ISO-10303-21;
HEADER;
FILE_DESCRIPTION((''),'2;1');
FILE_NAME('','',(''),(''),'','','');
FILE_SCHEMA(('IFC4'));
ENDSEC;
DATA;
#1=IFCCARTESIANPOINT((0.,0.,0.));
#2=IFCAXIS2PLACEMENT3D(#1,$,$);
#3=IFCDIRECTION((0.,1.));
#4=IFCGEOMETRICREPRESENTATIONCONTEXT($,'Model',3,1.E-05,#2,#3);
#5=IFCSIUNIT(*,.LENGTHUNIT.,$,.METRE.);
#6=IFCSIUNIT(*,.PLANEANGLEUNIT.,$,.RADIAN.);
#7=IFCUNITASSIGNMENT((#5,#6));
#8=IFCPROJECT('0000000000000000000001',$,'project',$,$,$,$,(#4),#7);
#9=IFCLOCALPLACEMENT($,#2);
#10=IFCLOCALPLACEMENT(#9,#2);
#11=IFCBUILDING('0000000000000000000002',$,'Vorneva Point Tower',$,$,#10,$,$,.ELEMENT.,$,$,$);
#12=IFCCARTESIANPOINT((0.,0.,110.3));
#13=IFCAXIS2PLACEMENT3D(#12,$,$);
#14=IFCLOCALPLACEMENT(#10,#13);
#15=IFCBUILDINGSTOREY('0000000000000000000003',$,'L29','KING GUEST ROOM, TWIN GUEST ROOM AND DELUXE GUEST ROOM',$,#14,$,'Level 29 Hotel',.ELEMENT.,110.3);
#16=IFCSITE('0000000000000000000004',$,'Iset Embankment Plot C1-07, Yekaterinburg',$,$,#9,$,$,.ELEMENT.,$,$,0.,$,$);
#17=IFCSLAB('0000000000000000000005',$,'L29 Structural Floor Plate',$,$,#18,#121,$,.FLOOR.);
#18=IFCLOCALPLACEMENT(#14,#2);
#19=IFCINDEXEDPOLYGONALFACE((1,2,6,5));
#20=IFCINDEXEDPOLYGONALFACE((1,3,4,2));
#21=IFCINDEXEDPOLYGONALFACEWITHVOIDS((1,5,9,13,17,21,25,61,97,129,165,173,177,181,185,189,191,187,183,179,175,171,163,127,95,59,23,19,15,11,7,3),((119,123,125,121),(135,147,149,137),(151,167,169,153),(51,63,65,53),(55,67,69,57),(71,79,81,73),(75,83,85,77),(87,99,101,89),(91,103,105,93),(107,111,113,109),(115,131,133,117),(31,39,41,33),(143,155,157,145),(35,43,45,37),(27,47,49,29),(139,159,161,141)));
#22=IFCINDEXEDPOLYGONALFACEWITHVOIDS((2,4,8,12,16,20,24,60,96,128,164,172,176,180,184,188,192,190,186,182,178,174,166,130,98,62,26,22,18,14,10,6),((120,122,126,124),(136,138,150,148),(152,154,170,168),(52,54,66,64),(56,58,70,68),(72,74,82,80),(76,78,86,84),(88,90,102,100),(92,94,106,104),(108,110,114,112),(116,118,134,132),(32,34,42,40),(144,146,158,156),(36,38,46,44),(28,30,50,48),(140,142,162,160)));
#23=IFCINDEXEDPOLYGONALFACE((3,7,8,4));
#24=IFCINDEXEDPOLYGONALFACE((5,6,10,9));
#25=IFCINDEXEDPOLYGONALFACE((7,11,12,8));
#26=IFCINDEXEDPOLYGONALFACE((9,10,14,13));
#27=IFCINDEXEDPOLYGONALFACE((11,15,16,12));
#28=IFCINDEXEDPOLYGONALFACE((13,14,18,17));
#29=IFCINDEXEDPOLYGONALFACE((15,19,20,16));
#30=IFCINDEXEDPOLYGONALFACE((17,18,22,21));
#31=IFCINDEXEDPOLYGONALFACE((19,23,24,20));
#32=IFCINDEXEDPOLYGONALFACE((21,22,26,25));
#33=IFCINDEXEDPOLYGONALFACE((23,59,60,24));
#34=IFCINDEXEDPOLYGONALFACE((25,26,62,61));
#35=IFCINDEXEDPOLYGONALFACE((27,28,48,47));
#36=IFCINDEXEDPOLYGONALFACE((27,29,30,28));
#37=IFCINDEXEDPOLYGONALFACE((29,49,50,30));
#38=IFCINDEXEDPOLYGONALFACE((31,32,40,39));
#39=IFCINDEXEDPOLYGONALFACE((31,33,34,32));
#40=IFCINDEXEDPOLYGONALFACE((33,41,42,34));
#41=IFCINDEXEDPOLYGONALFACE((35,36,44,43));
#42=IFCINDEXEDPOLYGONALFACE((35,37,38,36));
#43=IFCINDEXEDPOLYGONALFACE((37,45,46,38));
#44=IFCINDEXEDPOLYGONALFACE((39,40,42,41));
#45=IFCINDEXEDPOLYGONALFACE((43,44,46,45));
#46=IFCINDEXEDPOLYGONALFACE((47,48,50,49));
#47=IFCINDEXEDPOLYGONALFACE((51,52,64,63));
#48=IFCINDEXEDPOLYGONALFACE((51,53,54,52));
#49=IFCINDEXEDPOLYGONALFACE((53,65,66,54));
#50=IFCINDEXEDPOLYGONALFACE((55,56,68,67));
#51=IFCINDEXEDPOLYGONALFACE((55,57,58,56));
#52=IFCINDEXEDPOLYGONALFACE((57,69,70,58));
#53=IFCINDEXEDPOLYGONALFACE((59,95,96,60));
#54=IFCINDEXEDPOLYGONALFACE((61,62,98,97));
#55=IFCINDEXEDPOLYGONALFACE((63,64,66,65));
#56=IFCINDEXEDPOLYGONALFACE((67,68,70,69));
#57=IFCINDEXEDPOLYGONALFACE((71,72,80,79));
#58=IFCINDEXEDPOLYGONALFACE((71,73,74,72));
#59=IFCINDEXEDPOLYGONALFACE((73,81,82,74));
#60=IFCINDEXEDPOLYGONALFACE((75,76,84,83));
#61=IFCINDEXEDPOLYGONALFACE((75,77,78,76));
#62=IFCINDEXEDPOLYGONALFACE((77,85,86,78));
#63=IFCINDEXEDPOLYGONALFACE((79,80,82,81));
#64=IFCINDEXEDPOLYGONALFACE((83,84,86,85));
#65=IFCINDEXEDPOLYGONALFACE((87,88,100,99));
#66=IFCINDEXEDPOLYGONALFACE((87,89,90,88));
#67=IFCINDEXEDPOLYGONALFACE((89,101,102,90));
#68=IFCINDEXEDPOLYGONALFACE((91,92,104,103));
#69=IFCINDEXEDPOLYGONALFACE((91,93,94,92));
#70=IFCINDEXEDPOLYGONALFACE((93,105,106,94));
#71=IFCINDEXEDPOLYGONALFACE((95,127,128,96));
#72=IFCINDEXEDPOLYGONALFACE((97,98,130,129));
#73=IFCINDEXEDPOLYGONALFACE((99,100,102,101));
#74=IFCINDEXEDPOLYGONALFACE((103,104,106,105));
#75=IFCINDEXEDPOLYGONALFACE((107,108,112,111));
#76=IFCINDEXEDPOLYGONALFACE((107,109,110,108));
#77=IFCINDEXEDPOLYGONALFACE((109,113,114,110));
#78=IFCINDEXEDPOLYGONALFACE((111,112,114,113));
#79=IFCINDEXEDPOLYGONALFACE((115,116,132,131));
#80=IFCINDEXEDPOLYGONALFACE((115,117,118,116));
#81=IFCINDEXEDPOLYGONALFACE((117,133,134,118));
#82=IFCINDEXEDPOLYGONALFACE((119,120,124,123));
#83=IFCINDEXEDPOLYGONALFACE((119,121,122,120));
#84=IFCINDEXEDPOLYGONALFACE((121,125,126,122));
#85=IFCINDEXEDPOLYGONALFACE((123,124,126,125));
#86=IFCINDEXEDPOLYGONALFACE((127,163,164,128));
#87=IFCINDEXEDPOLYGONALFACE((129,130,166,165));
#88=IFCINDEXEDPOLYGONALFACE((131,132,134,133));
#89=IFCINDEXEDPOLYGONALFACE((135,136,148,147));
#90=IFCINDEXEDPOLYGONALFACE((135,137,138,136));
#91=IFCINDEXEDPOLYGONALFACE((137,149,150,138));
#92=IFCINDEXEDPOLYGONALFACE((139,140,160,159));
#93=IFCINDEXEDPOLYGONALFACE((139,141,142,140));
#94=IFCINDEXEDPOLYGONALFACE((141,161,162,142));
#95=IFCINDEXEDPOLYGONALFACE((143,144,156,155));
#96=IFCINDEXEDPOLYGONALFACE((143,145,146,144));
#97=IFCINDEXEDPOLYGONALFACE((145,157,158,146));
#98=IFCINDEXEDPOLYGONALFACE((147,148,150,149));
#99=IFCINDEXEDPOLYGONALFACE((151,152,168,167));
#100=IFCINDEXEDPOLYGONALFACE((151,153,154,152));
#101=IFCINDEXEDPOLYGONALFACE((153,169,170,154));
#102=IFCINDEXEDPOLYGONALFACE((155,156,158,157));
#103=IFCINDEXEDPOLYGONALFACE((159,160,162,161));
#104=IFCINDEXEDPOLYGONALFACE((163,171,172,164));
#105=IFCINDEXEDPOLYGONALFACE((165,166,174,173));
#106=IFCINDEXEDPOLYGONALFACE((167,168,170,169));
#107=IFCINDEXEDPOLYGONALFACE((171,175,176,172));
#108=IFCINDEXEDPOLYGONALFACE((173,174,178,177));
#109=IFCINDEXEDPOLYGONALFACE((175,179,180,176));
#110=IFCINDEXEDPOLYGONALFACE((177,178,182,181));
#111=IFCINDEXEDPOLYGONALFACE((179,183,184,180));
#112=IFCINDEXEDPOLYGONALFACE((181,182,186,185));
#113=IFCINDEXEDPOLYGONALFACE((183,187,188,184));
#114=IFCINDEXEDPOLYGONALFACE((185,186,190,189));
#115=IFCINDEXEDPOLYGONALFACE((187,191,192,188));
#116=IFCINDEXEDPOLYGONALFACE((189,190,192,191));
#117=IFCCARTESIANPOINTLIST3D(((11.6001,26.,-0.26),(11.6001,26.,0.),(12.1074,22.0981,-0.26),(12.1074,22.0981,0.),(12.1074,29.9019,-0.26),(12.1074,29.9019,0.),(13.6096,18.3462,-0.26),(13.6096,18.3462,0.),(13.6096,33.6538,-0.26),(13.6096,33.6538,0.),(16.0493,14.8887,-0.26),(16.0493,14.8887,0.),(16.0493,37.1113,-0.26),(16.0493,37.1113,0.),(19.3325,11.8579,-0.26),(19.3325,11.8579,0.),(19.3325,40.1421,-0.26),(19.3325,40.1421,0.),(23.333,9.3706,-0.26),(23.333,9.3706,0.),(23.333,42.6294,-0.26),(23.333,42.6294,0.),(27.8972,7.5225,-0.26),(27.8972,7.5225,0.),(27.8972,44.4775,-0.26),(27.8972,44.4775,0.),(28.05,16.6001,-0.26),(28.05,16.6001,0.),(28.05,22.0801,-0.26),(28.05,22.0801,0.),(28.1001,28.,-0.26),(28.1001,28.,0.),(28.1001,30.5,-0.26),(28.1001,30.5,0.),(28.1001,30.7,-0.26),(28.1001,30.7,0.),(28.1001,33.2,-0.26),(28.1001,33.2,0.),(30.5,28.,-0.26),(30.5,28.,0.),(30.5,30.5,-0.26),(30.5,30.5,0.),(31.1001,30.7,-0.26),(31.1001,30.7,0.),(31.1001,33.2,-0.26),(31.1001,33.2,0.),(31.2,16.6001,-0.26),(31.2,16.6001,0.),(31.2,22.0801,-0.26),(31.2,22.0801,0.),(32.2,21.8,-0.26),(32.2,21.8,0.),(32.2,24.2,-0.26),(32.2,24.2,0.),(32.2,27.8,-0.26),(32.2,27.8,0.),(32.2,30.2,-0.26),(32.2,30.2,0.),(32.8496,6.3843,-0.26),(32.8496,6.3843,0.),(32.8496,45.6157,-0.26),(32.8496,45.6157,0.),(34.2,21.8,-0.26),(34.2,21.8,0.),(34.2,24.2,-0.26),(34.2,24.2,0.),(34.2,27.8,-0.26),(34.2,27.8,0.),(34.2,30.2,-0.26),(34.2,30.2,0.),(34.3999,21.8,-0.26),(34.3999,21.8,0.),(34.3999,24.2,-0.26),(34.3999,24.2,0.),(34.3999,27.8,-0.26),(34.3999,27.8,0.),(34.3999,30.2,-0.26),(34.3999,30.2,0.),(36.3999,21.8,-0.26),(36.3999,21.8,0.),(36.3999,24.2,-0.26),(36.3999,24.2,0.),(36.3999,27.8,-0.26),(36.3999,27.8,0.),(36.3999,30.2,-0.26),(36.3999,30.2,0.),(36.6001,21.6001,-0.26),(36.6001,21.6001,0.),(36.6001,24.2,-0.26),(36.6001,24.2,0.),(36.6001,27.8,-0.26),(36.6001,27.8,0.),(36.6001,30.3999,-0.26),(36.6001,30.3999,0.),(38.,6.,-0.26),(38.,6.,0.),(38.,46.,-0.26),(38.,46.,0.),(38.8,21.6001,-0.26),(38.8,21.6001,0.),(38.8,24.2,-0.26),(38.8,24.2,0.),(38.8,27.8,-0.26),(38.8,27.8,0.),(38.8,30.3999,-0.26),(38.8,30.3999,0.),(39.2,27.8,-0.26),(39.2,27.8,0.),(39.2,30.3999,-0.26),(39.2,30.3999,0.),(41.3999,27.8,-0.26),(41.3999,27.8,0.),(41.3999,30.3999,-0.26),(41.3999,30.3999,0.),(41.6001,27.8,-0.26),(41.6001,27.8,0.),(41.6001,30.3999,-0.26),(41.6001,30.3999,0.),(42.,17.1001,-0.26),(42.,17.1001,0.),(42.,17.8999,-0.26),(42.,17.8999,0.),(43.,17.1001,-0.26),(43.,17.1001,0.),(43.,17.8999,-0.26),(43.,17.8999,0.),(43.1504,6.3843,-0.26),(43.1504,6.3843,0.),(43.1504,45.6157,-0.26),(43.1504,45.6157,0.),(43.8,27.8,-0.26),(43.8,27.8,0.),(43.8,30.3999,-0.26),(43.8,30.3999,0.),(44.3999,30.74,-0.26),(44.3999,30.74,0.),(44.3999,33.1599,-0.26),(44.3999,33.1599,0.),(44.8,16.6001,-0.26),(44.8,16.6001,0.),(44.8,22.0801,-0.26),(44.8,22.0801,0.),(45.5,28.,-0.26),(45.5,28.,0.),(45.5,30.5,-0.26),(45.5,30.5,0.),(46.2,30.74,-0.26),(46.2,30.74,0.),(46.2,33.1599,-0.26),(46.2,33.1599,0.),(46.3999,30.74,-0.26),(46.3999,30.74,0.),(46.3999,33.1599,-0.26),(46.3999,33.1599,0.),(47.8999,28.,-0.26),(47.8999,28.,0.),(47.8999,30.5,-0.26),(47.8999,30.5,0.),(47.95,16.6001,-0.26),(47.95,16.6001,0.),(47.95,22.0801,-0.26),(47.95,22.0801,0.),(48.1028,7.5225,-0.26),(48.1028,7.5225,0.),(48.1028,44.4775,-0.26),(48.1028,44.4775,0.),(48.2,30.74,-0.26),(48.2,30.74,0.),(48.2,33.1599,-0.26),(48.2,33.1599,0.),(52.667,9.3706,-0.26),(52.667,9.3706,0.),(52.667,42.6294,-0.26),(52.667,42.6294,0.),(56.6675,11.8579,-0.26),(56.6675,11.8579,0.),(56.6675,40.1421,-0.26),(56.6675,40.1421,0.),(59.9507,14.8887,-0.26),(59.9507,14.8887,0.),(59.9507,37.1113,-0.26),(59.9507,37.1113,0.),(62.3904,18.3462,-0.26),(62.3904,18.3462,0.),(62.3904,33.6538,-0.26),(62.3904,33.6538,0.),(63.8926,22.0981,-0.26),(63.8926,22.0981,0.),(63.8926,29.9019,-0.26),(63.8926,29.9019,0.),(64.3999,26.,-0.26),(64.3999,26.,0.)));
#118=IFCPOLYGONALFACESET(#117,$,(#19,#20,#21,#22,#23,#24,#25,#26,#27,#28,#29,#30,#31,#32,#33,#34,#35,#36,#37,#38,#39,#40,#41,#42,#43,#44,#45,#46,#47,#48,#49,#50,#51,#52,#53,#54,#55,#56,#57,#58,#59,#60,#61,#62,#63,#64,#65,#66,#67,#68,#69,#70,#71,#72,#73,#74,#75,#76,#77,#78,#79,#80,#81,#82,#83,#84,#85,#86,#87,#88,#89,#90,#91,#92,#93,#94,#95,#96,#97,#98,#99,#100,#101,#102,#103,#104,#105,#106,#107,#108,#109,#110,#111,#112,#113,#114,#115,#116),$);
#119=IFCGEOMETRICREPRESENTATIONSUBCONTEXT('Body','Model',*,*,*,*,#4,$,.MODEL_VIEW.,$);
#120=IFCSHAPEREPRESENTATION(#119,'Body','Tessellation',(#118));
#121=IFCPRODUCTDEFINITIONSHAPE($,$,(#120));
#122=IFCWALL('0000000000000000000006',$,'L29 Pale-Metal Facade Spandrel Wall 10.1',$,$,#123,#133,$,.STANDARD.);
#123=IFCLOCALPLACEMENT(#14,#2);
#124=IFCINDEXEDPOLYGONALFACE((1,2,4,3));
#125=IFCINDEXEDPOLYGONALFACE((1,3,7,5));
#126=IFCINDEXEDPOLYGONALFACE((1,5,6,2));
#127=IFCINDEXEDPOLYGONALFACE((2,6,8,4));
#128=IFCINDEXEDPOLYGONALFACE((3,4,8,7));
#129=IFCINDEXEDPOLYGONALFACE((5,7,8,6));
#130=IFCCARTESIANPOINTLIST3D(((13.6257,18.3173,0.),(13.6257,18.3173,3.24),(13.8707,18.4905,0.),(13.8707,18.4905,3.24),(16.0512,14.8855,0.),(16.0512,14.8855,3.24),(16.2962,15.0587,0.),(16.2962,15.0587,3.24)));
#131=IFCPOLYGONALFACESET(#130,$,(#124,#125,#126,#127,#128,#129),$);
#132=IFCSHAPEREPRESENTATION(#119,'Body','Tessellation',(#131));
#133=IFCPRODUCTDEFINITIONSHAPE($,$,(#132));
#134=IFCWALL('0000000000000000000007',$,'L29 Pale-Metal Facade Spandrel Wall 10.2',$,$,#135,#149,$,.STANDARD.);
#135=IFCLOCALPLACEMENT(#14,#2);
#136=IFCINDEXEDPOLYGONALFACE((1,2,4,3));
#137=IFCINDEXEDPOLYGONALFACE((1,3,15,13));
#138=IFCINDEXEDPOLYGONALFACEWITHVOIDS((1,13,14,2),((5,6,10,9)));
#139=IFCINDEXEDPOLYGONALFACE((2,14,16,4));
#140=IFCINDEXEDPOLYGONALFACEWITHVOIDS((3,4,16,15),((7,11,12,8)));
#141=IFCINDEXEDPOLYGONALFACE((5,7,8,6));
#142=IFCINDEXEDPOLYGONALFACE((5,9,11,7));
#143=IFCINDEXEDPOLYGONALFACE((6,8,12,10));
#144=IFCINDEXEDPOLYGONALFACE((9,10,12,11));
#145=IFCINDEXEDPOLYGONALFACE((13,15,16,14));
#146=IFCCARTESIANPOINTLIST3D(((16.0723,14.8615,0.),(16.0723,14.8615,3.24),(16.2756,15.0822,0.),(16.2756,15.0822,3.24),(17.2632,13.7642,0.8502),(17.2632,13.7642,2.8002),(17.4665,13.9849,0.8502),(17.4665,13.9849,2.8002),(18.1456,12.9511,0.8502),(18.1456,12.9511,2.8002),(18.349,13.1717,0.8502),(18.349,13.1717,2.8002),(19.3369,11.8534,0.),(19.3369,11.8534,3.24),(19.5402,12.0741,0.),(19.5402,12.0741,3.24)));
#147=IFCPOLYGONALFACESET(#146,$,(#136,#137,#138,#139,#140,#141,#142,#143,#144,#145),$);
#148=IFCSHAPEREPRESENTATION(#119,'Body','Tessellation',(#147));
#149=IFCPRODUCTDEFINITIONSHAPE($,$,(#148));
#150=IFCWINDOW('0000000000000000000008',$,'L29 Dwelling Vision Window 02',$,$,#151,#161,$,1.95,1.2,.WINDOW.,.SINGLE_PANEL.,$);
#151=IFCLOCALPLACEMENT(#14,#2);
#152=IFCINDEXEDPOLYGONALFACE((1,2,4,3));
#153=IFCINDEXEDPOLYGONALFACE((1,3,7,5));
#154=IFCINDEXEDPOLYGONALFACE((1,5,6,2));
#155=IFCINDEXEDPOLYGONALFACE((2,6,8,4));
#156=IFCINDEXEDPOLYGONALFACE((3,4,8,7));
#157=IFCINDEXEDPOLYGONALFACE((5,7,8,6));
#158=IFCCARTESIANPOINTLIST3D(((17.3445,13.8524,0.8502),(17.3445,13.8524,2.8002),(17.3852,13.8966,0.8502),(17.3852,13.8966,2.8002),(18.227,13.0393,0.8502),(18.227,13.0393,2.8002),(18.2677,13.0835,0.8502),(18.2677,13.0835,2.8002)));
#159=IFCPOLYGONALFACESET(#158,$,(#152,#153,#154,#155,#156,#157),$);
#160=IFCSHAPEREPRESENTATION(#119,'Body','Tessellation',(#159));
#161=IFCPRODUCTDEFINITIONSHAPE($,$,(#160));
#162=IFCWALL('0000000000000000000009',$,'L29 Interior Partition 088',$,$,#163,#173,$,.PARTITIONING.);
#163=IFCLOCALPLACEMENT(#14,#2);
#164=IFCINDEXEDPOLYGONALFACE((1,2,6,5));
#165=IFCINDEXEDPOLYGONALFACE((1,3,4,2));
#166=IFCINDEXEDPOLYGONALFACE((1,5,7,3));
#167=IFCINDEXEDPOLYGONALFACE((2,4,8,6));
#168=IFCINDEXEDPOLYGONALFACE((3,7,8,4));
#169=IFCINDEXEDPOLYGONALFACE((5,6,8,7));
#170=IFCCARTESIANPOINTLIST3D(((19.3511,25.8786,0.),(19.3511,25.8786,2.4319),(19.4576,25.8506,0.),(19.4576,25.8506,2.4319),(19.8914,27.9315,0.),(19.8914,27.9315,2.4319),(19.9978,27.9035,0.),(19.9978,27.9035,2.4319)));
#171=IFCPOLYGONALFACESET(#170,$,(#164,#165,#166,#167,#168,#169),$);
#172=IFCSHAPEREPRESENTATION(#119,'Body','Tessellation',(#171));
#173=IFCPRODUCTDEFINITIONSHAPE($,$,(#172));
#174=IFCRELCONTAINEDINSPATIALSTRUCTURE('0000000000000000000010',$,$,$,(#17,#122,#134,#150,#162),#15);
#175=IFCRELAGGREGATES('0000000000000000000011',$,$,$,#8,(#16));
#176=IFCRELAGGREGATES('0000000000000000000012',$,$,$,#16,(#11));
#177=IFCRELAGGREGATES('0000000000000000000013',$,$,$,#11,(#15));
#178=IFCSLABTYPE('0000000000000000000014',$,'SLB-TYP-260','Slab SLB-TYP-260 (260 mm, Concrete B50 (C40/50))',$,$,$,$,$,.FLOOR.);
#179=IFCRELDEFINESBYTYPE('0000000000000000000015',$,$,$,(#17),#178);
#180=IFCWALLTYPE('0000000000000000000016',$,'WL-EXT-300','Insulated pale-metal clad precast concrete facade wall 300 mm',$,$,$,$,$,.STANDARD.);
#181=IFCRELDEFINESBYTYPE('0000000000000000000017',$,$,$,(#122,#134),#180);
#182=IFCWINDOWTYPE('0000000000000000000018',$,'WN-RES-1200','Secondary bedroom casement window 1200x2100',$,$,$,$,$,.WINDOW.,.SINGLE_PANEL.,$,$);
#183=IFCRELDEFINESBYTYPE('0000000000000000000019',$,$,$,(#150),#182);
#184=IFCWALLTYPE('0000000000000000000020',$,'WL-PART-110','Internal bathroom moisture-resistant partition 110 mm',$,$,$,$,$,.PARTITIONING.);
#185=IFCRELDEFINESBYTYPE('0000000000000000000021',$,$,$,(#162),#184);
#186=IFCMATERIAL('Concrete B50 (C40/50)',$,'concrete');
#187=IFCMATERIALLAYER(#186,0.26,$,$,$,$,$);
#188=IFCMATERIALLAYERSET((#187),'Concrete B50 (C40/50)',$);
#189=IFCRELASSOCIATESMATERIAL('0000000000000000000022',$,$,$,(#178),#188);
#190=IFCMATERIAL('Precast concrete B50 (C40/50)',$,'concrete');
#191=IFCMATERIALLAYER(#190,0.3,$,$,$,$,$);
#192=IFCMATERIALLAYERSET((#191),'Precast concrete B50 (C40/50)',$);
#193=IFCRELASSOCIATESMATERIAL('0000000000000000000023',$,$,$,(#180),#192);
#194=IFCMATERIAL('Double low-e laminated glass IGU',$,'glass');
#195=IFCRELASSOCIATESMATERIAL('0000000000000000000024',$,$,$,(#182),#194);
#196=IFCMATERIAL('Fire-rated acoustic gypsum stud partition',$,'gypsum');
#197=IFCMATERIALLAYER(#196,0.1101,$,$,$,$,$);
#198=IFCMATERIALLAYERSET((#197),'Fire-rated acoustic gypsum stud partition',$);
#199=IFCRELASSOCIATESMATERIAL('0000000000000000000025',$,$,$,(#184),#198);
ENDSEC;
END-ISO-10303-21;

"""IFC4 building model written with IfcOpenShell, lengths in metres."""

from ifc_helpers import new_model, si_unit, direction, frame, frame_2d, origin, place, context, subcontext, project, spatial, polyline, rectangle, outline, extrude, material, layer, layer_set, type_object, element, fill, save


model = new_model("IFC4")

# Units and contexts
model_context = context("Model", 3, precision=1e-05, world=origin(), true_north=direction((0.0, 1.0)))
body_context = subcontext(model_context, "Body", "Model", "MODEL_VIEW")
ifc_project = project(units=[si_unit("LENGTHUNIT", "METRE"), si_unit("PLANEANGLEUNIT", "RADIAN")], contexts=[model_context])

# Site, building, storey
site_placement = place(None, origin())
site = spatial("IfcSite", under=ifc_project, at=site_placement, Name="Iset Embankment Plot C1-07, Yekaterinburg", CompositionType="ELEMENT", RefElevation=0.0)
building_placement = place(site_placement, origin())
building = spatial("IfcBuilding", under=site, at=building_placement, Name="Vorneva Point Tower", CompositionType="ELEMENT")
storey_placement = place(building_placement, frame((0.0, 0.0, 110.3)))
storey = spatial("IfcBuildingStorey", under=building, at=storey_placement, Name="L29", Description="KING GUEST ROOM, TWIN GUEST ROOM AND DELUXE GUEST ROOM", LongName="Level 29 Hotel", CompositionType="ELEMENT", Elevation=110.3)

# Shared definitions
ifc_material_1 = material(Name="Double low-e laminated glass IGU", Category="glass")

# Shared definitions
ifc_material_2 = material(Name="Concrete B50 (C40/50)", Category="concrete")

# Slab
ifc_layer_1 = layer(ifc_material_2, 0.26)
ifc_layer_set_1 = layer_set([ifc_layer_1], Name="Concrete B50 (C40/50)")
slab_type_1 = type_object("IfcSlabType", Name="SLB-TYP-260", Description="Slab SLB-TYP-260 (260 mm, Concrete B50 (C40/50))", PredefinedType="FLOOR", material=ifc_layer_set_1)
slab_1_placement = place(storey_placement, frame((0.0, 0.0, -0.26)))
element("IfcSlab", 1, at=slab_1_placement, inside=storey, type_object=slab_type_1, Name="L29 Structural Floor Plate", PredefinedType="FLOOR", context=body_context, shape_type="SweptSolid", body=[
    extrude(outline(polyline([(64.3999, 26.0), (63.8926, 29.9019), (62.3904, 33.6538), (59.9507, 37.1113), (56.6675, 40.1421), (52.667, 42.6294), (48.1028, 44.4775), (43.1504, 45.6157), (38.0, 46.0), (32.8496, 45.6157), (27.8972, 44.4775), (23.333, 42.6294), (19.3325, 40.1421), (16.0493, 37.1113), (13.6096, 33.6538), (12.1074, 29.9019), (11.6001, 26.0), (12.1074, 22.0981), (13.6096, 18.3462), (16.0493, 14.8887), (19.3325, 11.8579), (23.333, 9.3706), (27.8972, 7.5225), (32.8496, 6.3843), (38.0, 6.0), (43.1504, 6.3843), (48.1028, 7.5225), (52.667, 9.3706), (56.6675, 11.8579), (59.9507, 14.8887), (62.3904, 18.3462), (63.8926, 22.0981), (64.3999, 26.0)]), holes=[polyline([(32.2, 27.8), (34.2, 27.8), (34.2, 30.2), (32.2, 30.2), (32.2, 27.8)]), polyline([(34.3999, 27.8), (36.3999, 27.8), (36.3999, 30.2), (34.3999, 30.2), (34.3999, 27.8)]), polyline([(36.6001, 27.8), (38.8, 27.8), (38.8, 30.3999), (36.6001, 30.3999), (36.6001, 27.8)]), polyline([(32.2, 21.8), (34.2, 21.8), (34.2, 24.2), (32.2, 24.2), (32.2, 21.8)]), polyline([(34.3999, 21.8), (36.3999, 21.8), (36.3999, 24.2), (34.3999, 24.2), (34.3999, 21.8)]), polyline([(36.6001, 21.6001), (38.8, 21.6001), (38.8, 24.2), (36.6001, 24.2), (36.6001, 21.6001)]), polyline([(39.2, 27.8), (41.3999, 27.8), (41.3999, 30.3999), (39.2, 30.3999), (39.2, 27.8)]), polyline([(41.6001, 27.8), (43.8, 27.8), (43.8, 30.3999), (41.6001, 30.3999), (41.6001, 27.8)]), polyline([(44.3999, 30.74), (46.2, 30.74), (46.2, 33.1599), (44.3999, 33.1599), (44.3999, 30.74)]), polyline([(46.3999, 30.74), (48.2, 30.74), (48.2, 33.1599), (46.3999, 33.1599), (46.3999, 30.74)]), polyline([(28.1001, 28.0), (30.5, 28.0), (30.5, 30.5), (28.1001, 30.5), (28.1001, 28.0)]), polyline([(45.5, 28.0), (47.8999, 28.0), (47.8999, 30.5), (45.5, 30.5), (45.5, 28.0)]), polyline([(28.1001, 30.7), (31.1001, 30.7), (31.1001, 33.2), (28.1001, 33.2), (28.1001, 30.7)]), polyline([(28.05, 16.6001), (31.2, 16.6001), (31.2, 22.0801), (28.05, 22.0801), (28.05, 16.6001)]), polyline([(44.8, 16.6001), (47.95, 16.6001), (47.95, 22.0801), (44.8, 22.0801), (44.8, 16.6001)]), polyline([(42.0, 17.1001), (43.0, 17.1001), (43.0, 17.8999), (42.0, 17.8999), (42.0, 17.1001)])]), origin(), (0.0, 0.0, 1.0), 0.26),
])

# Wall
ifc_material_3 = material(Name="Precast concrete B50 (C40/50)", Category="concrete")
ifc_layer_2 = layer(ifc_material_3, 0.3)
ifc_layer_set_2 = layer_set([ifc_layer_2], Name="Precast concrete B50 (C40/50)")
wall_type_1 = type_object("IfcWallType", Name="WL-EXT-300", Description="Insulated pale-metal clad precast concrete facade wall 300 mm", PredefinedType="STANDARD", material=ifc_layer_set_2)
wall_1_placement = place(storey_placement, frame((13.7483, 18.4038, 0.0), z_axis=(0.0, 0.0, 1.0), x_axis=(0.577164, -0.816628, 0.0)))
element("IfcWall", 2, at=wall_1_placement, inside=storey, type_object=wall_type_1, Name="L29 Pale-Metal Facade Spandrel Wall 10.1", PredefinedType="STANDARD", context=body_context, shape_type="SweptSolid", body=[
    extrude(rectangle(XDim=4.2024, YDim=0.3, at=frame_2d((2.1011, 0.0))), origin(), (0.0, 0.0, 1.0), 3.24),
])

# Wall, opening, window
wall_2_placement = place(storey_placement, frame((16.1738, 14.9719, 0.0), z_axis=(0.0, 0.0, 1.0), x_axis=(0.735417, -0.677615, 0.0)))
wall_2 = element("IfcWall", 3, at=wall_2_placement, inside=storey, type_object=wall_type_1, Name="L29 Pale-Metal Facade Spandrel Wall 10.2", PredefinedType="STANDARD", context=body_context, shape_type="SweptSolid", body=[
    extrude(rectangle(XDim=4.4392, YDim=0.3, at=frame_2d((2.2197, 0.0))), origin(), (0.0, 0.0, 1.0), 3.24),
])
opening_placement = place(wall_2_placement, frame((1.6194, 0.0, 0.8501)))
opening = element("IfcOpeningElement", 4, at=opening_placement, cuts=wall_2, PredefinedType="OPENING", context=body_context, shape_type="SweptSolid", body=[
    extrude(rectangle(XDim=1.2, YDim=1.95, at=frame_2d((0.6001, 0.9751))), frame((0.0, 0.165, 0.0), z_axis=(0.0, -1.0, 0.0), x_axis=(1.0, 0.0, 0.0)), (0.0, 0.0, 1.0), 0.3298),
])
window_type = type_object("IfcWindowType", Name="WN-RES-1200", Description="Secondary bedroom casement window 1200x2100", PartitioningType="SINGLE_PANEL", PredefinedType="WINDOW", material=ifc_material_1)
window_placement = place(opening_placement, origin())
window = element("IfcWindow", 5, at=window_placement, inside=storey, type_object=window_type, Name="L29 Dwelling Vision Window 02", OverallHeight=1.95, OverallWidth=1.2, PartitioningType="SINGLE_PANEL", PredefinedType="WINDOW", context=body_context, shape_type="SweptSolid", body=[
    extrude(rectangle(XDim=1.2, YDim=1.95, at=frame_2d((0.6001, 0.9751))), frame((0.0, 0.03, 0.0), z_axis=(0.0, -1.0, 0.0), x_axis=(1.0, 0.0, 0.0)), (0.0, 0.0, 1.0), 0.0601),
])
fill(opening, window)

# Wall
ifc_material_4 = material(Name="Fire-rated acoustic gypsum stud partition", Category="gypsum")
ifc_layer_3 = layer(ifc_material_4, 0.1101)
ifc_layer_set_3 = layer_set([ifc_layer_3], Name="Fire-rated acoustic gypsum stud partition")
wall_type_2 = type_object("IfcWallType", Name="WL-PART-110", Description="Internal bathroom moisture-resistant partition 110 mm", PredefinedType="PARTITIONING", material=ifc_layer_set_3)
wall_3_placement = place(storey_placement, frame((19.4043, 25.8645, 0.0), z_axis=(0.0, 0.0, 1.0), x_axis=(0.254505, 0.967072, 0.0)))
element("IfcWall", 6, at=wall_3_placement, inside=storey, type_object=wall_type_2, Name="L29 Interior Partition 088", PredefinedType="PARTITIONING", context=body_context, shape_type="SweptSolid", body=[
    extrude(rectangle(XDim=2.1228, YDim=0.1101, at=frame_2d((1.0615, 0.0))), origin(), (0.0, 0.0, 1.0), 2.4319),
])

save(model, "model.ifc")
